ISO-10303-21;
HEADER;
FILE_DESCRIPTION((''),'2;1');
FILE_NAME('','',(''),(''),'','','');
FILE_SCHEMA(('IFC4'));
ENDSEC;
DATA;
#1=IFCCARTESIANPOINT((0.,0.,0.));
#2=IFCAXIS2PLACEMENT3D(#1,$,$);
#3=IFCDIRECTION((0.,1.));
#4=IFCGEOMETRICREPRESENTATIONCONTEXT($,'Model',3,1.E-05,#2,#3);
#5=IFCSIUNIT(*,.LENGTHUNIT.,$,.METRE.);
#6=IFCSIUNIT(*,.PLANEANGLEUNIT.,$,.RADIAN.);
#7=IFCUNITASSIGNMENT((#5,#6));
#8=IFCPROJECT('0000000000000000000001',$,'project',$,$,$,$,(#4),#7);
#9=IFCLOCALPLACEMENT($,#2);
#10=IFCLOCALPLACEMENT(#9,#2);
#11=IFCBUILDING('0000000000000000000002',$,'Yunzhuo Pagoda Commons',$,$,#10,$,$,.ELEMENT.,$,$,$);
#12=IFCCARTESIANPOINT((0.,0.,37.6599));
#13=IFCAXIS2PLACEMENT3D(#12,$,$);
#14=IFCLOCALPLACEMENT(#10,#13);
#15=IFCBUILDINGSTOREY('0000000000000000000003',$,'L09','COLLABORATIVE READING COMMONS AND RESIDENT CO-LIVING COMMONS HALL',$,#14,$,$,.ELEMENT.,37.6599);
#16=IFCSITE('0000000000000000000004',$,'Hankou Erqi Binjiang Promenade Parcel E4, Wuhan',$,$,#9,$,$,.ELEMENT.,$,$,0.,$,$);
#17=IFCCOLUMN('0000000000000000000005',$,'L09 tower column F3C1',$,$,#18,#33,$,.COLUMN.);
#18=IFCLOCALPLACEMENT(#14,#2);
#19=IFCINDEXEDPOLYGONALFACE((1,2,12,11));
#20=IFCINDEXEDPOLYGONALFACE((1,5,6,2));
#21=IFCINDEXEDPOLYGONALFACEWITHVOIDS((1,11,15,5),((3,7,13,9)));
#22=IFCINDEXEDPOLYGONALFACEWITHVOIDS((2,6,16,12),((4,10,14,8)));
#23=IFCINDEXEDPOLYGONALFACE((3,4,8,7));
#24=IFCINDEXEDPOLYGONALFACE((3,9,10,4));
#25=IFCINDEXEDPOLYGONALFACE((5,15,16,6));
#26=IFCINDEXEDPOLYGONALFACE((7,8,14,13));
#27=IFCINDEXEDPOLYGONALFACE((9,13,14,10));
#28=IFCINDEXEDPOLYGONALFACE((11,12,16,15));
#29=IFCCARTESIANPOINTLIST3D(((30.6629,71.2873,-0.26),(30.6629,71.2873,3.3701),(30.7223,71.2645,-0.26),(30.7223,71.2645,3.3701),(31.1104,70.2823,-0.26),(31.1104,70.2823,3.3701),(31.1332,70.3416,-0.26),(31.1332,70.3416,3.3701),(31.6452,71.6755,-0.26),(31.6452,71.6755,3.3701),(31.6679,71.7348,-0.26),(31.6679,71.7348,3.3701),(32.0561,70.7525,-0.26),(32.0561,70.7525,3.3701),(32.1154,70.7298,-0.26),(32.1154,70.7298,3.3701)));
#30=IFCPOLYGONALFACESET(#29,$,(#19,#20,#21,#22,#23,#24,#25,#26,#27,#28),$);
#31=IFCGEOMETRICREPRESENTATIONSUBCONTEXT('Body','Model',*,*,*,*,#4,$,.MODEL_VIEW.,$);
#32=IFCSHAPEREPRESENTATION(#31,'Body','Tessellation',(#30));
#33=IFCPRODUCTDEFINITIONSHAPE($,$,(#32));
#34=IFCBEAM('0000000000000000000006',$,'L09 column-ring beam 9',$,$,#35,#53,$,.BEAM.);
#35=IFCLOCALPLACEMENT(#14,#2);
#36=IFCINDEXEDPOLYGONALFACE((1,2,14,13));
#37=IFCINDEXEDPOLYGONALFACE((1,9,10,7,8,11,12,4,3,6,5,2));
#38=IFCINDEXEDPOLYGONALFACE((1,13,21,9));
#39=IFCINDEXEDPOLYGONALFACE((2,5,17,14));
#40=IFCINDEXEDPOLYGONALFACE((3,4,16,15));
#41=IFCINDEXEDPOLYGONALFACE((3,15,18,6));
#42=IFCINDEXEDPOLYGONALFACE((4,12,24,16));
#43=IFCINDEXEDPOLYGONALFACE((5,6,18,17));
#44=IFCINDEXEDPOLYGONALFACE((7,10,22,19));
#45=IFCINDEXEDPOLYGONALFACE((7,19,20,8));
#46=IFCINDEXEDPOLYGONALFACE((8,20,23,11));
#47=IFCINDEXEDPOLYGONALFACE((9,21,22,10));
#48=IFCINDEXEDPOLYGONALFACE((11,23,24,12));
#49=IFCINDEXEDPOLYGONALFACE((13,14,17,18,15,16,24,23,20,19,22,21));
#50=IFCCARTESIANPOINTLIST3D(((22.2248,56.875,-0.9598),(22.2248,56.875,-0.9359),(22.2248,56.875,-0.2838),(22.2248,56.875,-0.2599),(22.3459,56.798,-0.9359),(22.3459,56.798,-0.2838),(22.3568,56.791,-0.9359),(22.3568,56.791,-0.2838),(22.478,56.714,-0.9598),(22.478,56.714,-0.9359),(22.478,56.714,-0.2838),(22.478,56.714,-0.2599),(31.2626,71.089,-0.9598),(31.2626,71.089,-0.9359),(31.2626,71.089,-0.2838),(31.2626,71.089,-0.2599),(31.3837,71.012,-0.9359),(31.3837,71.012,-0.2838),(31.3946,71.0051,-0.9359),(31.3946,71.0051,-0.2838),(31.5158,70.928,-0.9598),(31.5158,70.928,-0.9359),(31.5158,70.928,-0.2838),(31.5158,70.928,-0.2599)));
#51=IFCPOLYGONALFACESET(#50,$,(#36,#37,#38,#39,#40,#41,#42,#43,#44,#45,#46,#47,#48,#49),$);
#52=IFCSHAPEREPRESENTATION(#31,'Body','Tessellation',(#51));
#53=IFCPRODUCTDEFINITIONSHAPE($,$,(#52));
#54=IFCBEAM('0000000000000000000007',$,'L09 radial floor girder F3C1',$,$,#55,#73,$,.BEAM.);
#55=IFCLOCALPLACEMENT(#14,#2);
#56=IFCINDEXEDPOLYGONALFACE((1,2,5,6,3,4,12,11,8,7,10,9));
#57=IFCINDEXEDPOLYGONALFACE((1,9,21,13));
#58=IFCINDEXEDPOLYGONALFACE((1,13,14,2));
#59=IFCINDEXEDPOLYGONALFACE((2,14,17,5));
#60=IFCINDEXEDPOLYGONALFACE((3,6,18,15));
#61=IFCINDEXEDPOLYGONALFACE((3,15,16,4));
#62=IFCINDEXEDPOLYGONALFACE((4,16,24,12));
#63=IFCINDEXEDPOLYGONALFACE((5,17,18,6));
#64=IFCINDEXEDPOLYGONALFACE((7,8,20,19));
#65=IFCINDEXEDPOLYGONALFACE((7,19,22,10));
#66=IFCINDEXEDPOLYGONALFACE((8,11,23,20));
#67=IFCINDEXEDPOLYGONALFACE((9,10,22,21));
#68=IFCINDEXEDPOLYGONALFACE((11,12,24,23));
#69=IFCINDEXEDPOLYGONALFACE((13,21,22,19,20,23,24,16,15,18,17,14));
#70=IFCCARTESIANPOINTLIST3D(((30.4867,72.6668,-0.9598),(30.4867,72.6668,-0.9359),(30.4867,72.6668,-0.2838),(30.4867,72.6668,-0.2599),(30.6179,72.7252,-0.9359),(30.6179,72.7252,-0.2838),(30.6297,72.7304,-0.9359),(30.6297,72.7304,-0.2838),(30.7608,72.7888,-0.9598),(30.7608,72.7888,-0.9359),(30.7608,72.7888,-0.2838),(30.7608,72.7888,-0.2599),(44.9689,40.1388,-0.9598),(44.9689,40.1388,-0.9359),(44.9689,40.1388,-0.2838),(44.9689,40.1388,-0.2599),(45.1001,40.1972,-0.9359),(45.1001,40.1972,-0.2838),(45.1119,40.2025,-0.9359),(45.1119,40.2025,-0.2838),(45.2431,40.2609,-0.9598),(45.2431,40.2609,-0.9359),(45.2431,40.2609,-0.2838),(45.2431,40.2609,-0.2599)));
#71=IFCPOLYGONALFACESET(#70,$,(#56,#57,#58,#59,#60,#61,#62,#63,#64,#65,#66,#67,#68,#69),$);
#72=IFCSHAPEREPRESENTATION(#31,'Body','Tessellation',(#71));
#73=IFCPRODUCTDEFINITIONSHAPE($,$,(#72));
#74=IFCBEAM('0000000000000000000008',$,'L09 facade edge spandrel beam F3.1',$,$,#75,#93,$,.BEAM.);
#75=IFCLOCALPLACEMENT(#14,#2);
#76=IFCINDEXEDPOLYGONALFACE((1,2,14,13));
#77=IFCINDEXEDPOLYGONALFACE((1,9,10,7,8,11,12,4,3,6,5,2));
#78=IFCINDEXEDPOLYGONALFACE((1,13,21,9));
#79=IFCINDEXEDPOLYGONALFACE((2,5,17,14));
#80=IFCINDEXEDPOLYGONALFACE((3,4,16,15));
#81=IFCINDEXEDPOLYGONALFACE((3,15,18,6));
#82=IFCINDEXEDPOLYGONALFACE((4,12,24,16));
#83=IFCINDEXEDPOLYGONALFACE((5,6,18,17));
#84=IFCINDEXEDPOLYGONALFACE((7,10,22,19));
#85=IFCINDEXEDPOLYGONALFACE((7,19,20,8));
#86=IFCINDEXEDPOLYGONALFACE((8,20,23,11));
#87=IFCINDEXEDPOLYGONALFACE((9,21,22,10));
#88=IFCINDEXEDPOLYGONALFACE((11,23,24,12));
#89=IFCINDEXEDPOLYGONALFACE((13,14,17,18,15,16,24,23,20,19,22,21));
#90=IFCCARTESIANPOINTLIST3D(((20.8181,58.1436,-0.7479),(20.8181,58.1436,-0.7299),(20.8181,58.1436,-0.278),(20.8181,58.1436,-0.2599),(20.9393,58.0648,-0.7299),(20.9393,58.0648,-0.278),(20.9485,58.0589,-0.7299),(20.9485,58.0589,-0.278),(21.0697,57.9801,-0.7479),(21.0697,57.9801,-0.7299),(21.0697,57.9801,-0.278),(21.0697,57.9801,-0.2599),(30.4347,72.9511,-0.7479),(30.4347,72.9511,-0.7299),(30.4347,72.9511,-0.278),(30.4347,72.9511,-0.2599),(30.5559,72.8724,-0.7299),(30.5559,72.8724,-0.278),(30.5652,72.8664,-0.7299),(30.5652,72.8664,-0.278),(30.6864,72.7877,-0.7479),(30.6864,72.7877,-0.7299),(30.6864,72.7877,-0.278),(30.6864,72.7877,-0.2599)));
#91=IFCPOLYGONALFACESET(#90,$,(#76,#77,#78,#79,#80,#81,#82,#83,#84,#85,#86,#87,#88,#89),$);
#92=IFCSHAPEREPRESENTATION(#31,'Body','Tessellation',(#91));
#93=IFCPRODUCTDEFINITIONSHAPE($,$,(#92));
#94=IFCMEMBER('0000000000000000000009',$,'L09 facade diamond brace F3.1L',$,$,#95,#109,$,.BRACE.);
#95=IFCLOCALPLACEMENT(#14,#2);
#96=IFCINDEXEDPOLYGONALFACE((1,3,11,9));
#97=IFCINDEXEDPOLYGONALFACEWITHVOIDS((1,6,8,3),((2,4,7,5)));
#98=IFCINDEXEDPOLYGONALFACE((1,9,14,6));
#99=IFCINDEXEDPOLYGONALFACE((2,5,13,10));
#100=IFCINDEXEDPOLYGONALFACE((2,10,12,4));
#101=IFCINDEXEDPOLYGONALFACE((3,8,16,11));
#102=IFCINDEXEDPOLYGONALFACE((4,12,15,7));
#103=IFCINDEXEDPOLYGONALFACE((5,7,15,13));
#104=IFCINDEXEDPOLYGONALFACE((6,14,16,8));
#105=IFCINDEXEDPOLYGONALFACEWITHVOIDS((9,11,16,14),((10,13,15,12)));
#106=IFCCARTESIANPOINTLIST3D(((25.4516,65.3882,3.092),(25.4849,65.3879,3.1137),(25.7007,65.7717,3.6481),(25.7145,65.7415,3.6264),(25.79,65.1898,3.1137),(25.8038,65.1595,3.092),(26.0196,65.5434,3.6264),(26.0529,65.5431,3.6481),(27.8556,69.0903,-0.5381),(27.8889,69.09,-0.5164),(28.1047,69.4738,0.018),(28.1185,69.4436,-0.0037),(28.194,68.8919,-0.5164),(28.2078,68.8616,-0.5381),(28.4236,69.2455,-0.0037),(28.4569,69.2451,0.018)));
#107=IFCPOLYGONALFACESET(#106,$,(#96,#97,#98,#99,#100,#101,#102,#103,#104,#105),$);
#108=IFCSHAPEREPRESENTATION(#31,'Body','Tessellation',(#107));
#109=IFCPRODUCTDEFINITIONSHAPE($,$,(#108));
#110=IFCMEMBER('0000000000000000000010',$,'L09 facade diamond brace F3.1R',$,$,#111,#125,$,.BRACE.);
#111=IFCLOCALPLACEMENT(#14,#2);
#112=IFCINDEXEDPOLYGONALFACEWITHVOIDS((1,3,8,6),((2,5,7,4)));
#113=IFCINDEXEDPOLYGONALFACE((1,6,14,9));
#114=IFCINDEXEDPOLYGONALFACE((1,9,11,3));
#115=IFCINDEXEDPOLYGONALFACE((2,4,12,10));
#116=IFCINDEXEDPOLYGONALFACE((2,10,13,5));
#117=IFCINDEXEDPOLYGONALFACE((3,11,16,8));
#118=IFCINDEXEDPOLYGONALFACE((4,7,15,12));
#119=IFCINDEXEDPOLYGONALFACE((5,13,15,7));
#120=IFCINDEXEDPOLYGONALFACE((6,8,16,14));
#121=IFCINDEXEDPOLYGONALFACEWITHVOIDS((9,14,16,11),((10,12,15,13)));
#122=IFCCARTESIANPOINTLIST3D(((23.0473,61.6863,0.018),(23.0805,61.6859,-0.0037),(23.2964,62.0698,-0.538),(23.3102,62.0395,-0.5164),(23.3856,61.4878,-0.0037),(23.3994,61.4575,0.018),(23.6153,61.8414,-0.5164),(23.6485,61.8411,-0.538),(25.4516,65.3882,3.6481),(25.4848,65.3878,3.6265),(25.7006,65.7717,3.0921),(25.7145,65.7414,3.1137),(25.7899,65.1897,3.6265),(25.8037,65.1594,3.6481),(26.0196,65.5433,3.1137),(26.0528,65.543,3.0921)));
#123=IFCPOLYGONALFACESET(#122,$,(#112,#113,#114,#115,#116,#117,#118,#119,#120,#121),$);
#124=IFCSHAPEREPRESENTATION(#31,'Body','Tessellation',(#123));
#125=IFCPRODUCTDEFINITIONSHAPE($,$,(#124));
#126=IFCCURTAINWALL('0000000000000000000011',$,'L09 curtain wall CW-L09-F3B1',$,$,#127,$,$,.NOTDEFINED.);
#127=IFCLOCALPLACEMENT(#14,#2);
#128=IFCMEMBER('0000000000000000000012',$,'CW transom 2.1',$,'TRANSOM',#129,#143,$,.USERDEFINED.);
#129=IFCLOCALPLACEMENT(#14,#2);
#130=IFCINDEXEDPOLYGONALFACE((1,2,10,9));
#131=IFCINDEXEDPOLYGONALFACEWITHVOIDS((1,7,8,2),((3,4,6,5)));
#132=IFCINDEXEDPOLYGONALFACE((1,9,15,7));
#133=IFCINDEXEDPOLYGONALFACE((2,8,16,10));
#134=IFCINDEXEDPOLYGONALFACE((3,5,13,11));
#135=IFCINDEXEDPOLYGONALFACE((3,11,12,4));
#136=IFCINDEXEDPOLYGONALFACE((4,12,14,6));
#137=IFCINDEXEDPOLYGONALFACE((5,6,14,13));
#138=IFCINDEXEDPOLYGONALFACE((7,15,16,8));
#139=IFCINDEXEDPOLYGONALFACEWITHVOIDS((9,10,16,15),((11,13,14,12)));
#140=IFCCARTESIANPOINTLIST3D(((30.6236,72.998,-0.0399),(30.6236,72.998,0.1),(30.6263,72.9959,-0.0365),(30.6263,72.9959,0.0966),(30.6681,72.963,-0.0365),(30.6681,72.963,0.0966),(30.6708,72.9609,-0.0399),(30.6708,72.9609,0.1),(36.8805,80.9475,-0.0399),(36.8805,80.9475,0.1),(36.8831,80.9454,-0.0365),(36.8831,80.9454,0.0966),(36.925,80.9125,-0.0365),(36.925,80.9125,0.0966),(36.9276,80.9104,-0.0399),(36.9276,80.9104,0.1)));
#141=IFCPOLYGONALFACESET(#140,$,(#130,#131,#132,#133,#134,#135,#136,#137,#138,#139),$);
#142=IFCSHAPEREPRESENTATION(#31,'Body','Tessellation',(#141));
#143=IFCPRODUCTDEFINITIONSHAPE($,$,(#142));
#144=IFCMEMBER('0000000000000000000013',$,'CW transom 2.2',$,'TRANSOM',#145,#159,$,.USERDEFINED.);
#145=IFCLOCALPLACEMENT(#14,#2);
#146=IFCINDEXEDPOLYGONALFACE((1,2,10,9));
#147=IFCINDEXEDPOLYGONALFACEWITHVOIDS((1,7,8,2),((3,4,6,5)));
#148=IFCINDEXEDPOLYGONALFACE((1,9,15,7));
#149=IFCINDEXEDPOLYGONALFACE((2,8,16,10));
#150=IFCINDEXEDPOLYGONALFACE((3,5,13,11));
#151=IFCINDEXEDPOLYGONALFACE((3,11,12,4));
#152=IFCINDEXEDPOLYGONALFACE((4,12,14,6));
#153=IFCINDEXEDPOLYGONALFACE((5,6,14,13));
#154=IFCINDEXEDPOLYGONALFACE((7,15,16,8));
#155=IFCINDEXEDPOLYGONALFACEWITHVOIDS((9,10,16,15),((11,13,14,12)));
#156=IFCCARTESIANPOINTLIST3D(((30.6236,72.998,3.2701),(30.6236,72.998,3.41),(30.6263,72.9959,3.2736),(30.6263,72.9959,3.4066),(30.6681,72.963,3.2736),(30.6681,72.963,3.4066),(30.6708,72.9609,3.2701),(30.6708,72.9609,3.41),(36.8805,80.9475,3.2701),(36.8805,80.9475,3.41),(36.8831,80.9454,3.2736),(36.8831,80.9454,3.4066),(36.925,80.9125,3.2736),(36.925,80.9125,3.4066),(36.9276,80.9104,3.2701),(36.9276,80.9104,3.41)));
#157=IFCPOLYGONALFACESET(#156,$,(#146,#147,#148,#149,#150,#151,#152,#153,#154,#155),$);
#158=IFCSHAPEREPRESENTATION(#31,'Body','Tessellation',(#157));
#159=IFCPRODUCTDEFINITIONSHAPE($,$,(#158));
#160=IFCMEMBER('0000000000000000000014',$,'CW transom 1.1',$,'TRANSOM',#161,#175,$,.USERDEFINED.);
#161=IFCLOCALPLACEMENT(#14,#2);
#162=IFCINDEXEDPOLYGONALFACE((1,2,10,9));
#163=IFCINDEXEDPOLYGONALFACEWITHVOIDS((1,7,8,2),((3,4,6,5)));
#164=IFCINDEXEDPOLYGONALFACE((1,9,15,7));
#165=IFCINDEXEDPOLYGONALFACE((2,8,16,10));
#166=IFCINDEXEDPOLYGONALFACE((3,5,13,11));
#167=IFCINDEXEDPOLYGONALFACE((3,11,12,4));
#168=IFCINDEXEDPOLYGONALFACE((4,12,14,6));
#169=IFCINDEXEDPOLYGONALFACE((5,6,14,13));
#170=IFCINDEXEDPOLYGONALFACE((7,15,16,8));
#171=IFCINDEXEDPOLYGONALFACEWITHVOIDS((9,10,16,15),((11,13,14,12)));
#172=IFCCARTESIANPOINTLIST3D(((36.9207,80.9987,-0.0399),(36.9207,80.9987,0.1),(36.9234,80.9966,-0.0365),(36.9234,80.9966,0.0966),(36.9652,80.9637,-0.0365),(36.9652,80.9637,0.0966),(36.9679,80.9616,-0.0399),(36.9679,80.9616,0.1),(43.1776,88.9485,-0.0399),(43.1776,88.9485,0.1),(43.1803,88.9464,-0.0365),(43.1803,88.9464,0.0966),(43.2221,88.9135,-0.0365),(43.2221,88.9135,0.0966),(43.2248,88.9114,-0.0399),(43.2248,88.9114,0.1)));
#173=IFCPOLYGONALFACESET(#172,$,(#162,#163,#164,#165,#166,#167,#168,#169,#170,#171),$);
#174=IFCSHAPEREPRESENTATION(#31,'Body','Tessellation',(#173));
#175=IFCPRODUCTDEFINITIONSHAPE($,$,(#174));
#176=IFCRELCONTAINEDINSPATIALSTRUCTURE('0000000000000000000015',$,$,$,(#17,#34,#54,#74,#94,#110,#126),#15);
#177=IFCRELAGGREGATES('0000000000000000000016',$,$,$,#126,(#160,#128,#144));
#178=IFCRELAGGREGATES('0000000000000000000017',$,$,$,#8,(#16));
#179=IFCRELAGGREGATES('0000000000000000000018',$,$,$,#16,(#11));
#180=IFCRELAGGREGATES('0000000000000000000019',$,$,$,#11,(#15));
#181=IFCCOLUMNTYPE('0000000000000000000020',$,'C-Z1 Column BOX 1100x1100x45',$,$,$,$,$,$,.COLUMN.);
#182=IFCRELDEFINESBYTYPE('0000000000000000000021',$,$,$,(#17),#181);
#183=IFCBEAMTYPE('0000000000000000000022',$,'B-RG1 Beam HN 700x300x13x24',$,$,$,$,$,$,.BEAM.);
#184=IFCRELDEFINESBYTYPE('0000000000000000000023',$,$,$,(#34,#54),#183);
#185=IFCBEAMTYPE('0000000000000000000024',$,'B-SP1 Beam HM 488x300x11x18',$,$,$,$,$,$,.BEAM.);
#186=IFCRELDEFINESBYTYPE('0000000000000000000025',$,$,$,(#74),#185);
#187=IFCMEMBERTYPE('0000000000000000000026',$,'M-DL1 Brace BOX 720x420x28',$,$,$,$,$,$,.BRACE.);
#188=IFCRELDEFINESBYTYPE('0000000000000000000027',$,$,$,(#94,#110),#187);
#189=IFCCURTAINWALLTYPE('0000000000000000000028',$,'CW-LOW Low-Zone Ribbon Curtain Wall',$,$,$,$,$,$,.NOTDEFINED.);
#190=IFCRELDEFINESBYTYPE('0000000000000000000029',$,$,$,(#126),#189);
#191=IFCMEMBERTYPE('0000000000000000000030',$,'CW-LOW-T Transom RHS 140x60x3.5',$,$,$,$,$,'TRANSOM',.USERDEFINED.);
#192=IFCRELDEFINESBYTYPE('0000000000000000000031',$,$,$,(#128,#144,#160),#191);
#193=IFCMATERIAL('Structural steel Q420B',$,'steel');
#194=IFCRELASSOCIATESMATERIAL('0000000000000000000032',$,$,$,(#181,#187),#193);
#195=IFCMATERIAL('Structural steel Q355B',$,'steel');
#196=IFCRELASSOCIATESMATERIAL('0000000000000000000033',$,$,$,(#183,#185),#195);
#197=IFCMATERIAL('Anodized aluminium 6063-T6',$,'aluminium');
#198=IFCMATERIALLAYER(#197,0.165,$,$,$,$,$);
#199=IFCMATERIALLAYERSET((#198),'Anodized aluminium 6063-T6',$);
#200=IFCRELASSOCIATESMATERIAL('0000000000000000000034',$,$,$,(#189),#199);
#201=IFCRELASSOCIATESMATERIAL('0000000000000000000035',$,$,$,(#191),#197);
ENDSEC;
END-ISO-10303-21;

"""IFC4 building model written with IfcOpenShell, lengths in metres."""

from ifc_helpers import new_model, si_unit, direction, frame, origin, origin_2d, place, context, subcontext, project, spatial, hollow_rectangle, i_section, extrude, source, transform, mapped, material, layer, layer_set, material_profile, profile_set, type_object, element, aggregate, save


model = new_model("IFC4")

# Units and contexts
model_context = context("Model", 3, precision=1e-05, world=origin(), true_north=direction((0.0, 1.0)))
body_context = subcontext(model_context, "Body", "Model", "MODEL_VIEW")
ifc_project = project(units=[si_unit("LENGTHUNIT", "METRE"), si_unit("PLANEANGLEUNIT", "RADIAN")], contexts=[model_context])

# Site, building, storey
site_placement = place(None, origin())
site = spatial("IfcSite", under=ifc_project, at=site_placement, Name="Hankou Erqi Binjiang Promenade Parcel E4, Wuhan", CompositionType="ELEMENT", RefElevation=0.0)
building_placement = place(site_placement, origin())
building = spatial("IfcBuilding", under=site, at=building_placement, Name="Yunzhuo Pagoda Commons", CompositionType="ELEMENT")
storey_placement = place(building_placement, frame((0.0, 0.0, 37.6599)))
storey = spatial("IfcBuildingStorey", under=building, at=storey_placement, Name="L09", Description="COLLABORATIVE READING COMMONS AND RESIDENT CO-LIVING COMMONS HALL", CompositionType="ELEMENT", Elevation=37.6599)

# Column
ifc_material_1 = material(Name="Structural steel Q420B", Category="steel")
ifc_material_profile_1 = material_profile(ifc_material_1, hollow_rectangle(XDim=1.1001, YDim=1.1001, WallThickness=0.0449, at=origin_2d()), Name="Structural steel Q420B")
ifc_profile_set_1 = profile_set([ifc_material_profile_1], Name="Structural steel Q420B")
column_type = type_object("IfcColumnType", Name="C-Z1 Column BOX 1100x1100x45", PredefinedType="COLUMN", material=ifc_profile_set_1)
shared_shape_1 = source(origin(), body_context, "Body", "SweptSolid", [
    extrude(hollow_rectangle(XDim=1.1001, YDim=1.1001, WallThickness=0.0449, at=origin_2d()), origin(), (0.0, 0.0, 1.0), 3.6301),
])
column_placement = place(storey_placement, frame((31.3892, 71.0085, -0.26), z_axis=(0.0, 0.0, 1.0), x_axis=(-0.913545, -0.406737, 0.0)))
element("IfcColumn", 1, at=column_placement, inside=storey, type_object=column_type, Name="L09 tower column F3C1", PredefinedType="COLUMN", context=body_context, shape_type="MappedRepresentation", body=[
    mapped(shared_shape_1, transform((0.0, 0.0, 0.0), scale=1.0)),
])

# Beams
ifc_material_2 = material(Name="Structural steel Q355B", Category="steel")
ifc_material_profile_2 = material_profile(ifc_material_2, i_section(OverallWidth=0.3, OverallDepth=0.7, WebThickness=0.0129, FlangeThickness=0.0239, at=origin_2d()), Name="Structural steel Q355B")
ifc_profile_set_2 = profile_set([ifc_material_profile_2], Name="Structural steel Q355B")
beam_type_1 = type_object("IfcBeamType", Name="B-RG1 Beam HN 700x300x13x24", PredefinedType="BEAM", material=ifc_profile_set_2)
shared_shape_2 = source(origin(), body_context, "Body", "SweptSolid", [
    extrude(i_section(OverallWidth=0.3, OverallDepth=0.7, WebThickness=0.0129, FlangeThickness=0.0239, at=origin_2d()), origin(), (0.0, 0.0, 1.0), 16.844),
])
beam_1_placement = place(storey_placement, frame((31.3892, 71.0085, -0.6099), z_axis=(-0.536558, -0.843863, 0.0), x_axis=(0.843863, -0.536558, 0.0)))
element("IfcBeam", 2, at=beam_1_placement, inside=storey, type_object=beam_type_1, Name="L09 column-ring beam 9", PredefinedType="BEAM", context=body_context, shape_type="MappedRepresentation", body=[
    mapped(shared_shape_2, transform((0.0, 0.0, 0.0), scale=1.0)),
])
shared_shape_3 = source(origin(), body_context, "Body", "SweptSolid", [
    extrude(i_section(OverallWidth=0.3, OverallDepth=0.7, WebThickness=0.0129, FlangeThickness=0.0239, at=origin_2d()), origin(), (0.0, 0.0, 1.0), 35.6062),
])
beam_2_placement = place(storey_placement, frame((30.6238, 72.7278, -0.6099), z_axis=(0.406733, -0.913547, 0.0), x_axis=(0.913547, 0.406733, 0.0)))
element("IfcBeam", 3, at=beam_2_placement, inside=storey, type_object=beam_type_1, Name="L09 radial floor girder F3C1", PredefinedType="BEAM", context=body_context, shape_type="MappedRepresentation", body=[
    mapped(shared_shape_3, transform((0.0, 0.0, 0.0), scale=1.0)),
])
ifc_material_profile_3 = material_profile(ifc_material_2, i_section(OverallWidth=0.3, OverallDepth=0.488, WebThickness=0.011, FlangeThickness=0.0181, at=origin_2d()), Name="Structural steel Q355B")
ifc_profile_set_3 = profile_set([ifc_material_profile_3], Name="Structural steel Q355B")
beam_type_2 = type_object("IfcBeamType", Name="B-SP1 Beam HM 488x300x11x18", PredefinedType="BEAM", material=ifc_profile_set_3)
shared_shape_4 = source(origin(), body_context, "Body", "SweptSolid", [
    extrude(i_section(OverallWidth=0.3, OverallDepth=0.488, WebThickness=0.011, FlangeThickness=0.0181, at=origin_2d()), origin(), (0.0, 0.0, 1.0), 17.6562),
])
beam_3_placement = place(storey_placement, frame((30.5605, 72.8694, -0.5039), z_axis=(-0.54466, -0.838657, 0.0), x_axis=(0.838657, -0.54466, 0.0)))
element("IfcBeam", 4, at=beam_3_placement, inside=storey, type_object=beam_type_2, Name="L09 facade edge spandrel beam F3.1", PredefinedType="BEAM", context=body_context, shape_type="MappedRepresentation", body=[
    mapped(shared_shape_4, transform((0.0, 0.0, 0.0), scale=1.0)),
])

# Members
ifc_material_profile_4 = material_profile(ifc_material_1, hollow_rectangle(XDim=0.4199, YDim=0.72, WallThickness=0.0281, at=origin_2d()), Name="Structural steel Q420B")
ifc_profile_set_4 = profile_set([ifc_material_profile_4], Name="Structural steel Q420B")
member_type_1 = type_object("IfcMemberType", Name="M-DL1 Brace BOX 720x420x28", PredefinedType="BRACE", material=ifc_profile_set_4)
shared_shape_5 = source(origin(), body_context, "Body", "SweptSolid", [
    extrude(hollow_rectangle(XDim=0.4199, YDim=0.72, WallThickness=0.0281, at=origin_2d()), origin(), (0.0, 0.0, 1.0), 5.7151),
])
for number, where, z_axis, x_axis, name in (
    (5, (28.1562, 69.1677, -0.26), (-0.420644, -0.647775, 0.635174), (0.838686, -0.544615, 0.0), "L09 facade diamond brace F3.1L"),
    (6, (23.3479, 61.7637, -0.26), (0.420691, 0.647739, 0.63518), (-0.838644, 0.544679, 0.0), "L09 facade diamond brace F3.1R"),
):
    element("IfcMember", number, at=place(storey_placement, frame(where, z_axis=z_axis, x_axis=x_axis)), inside=storey, type_object=member_type_1, Name=name, PredefinedType="BRACE", context=body_context, shape_type="MappedRepresentation", body=[
        mapped(shared_shape_5, transform((0.0, 0.0, 0.0), scale=1.0)),
    ])

# Curtain wall, members
ifc_material_3 = material(Name="Anodized aluminium 6063-T6", Category="aluminium")
ifc_layer_1 = layer(ifc_material_3, 0.165)
ifc_layer_set_1 = layer_set([ifc_layer_1], Name="Anodized aluminium 6063-T6")
curtain_wall_type = type_object("IfcCurtainWallType", Name="CW-LOW Low-Zone Ribbon Curtain Wall", PredefinedType="NOTDEFINED", material=ifc_layer_set_1)
curtain_wall_1_placement = place(storey_placement, origin())
curtain_wall_1 = element("IfcCurtainWall", 7, at=curtain_wall_1_placement, inside=storey, type_object=curtain_wall_type, Name="L09 curtain wall CW-L09-F3B1", PredefinedType="NOTDEFINED")
ifc_material_profile_5 = material_profile(ifc_material_3, hollow_rectangle(XDim=0.0601, YDim=0.1399, WallThickness=0.0034, at=origin_2d()), Name="Anodized aluminium 6063-T6")
ifc_profile_set_5 = profile_set([ifc_material_profile_5], Name="Anodized aluminium 6063-T6")
member_type_2 = type_object("IfcMemberType", Name="CW-LOW-T Transom RHS 140x60x3.5", ElementType="TRANSOM", PredefinedType="USERDEFINED", material=ifc_profile_set_5)
shared_shape_6 = source(origin(), body_context, "Body", "SweptSolid", [
    extrude(hollow_rectangle(XDim=0.0601, YDim=0.1399, WallThickness=0.0034, at=origin_2d()), origin(), (0.0, 0.0, 1.0), 10.1165),
])
member_1_placement = place(storey_placement, frame((36.9041, 80.929, 0.03), z_axis=(-0.618483, -0.785798, 0.0), x_axis=(0.785798, -0.618483, 0.0)))
member_1 = element("IfcMember", 8, at=member_1_placement, type_object=member_type_2, Name="CW transom 2.1", ObjectType="TRANSOM", PredefinedType="USERDEFINED", context=body_context, shape_type="MappedRepresentation", body=[
    mapped(shared_shape_6, transform((0.0, 0.0, 0.0), scale=1.0)),
])
member_2_placement = place(storey_placement, frame((36.9041, 80.929, 3.3401), z_axis=(-0.618483, -0.785798, 0.0), x_axis=(0.785798, -0.618483, 0.0)))
member_2 = element("IfcMember", 9, at=member_2_placement, type_object=member_type_2, Name="CW transom 2.2", ObjectType="TRANSOM", PredefinedType="USERDEFINED", context=body_context, shape_type="MappedRepresentation", body=[
    mapped(shared_shape_6, transform((0.0, 0.0, 0.0), scale=1.0)),
])
shared_shape_7 = source(origin(), body_context, "Body", "SweptSolid", [
    extrude(hollow_rectangle(XDim=0.0601, YDim=0.1399, WallThickness=0.0034, at=origin_2d()), origin(), (0.0, 0.0, 1.0), 10.1167),
])
member_3_placement = place(storey_placement, frame((43.2012, 88.9299, 0.03), z_axis=(-0.618471, -0.785807, 0.0), x_axis=(0.785807, -0.618471, 0.0)))
member_3 = element("IfcMember", 10, at=member_3_placement, type_object=member_type_2, Name="CW transom 1.1", ObjectType="TRANSOM", PredefinedType="USERDEFINED", context=body_context, shape_type="MappedRepresentation", body=[
    mapped(shared_shape_7, transform((0.0, 0.0, 0.0), scale=1.0)),
])

aggregate(curtain_wall_1, [member_3, member_1, member_2])

save(model, "model.ifc")
